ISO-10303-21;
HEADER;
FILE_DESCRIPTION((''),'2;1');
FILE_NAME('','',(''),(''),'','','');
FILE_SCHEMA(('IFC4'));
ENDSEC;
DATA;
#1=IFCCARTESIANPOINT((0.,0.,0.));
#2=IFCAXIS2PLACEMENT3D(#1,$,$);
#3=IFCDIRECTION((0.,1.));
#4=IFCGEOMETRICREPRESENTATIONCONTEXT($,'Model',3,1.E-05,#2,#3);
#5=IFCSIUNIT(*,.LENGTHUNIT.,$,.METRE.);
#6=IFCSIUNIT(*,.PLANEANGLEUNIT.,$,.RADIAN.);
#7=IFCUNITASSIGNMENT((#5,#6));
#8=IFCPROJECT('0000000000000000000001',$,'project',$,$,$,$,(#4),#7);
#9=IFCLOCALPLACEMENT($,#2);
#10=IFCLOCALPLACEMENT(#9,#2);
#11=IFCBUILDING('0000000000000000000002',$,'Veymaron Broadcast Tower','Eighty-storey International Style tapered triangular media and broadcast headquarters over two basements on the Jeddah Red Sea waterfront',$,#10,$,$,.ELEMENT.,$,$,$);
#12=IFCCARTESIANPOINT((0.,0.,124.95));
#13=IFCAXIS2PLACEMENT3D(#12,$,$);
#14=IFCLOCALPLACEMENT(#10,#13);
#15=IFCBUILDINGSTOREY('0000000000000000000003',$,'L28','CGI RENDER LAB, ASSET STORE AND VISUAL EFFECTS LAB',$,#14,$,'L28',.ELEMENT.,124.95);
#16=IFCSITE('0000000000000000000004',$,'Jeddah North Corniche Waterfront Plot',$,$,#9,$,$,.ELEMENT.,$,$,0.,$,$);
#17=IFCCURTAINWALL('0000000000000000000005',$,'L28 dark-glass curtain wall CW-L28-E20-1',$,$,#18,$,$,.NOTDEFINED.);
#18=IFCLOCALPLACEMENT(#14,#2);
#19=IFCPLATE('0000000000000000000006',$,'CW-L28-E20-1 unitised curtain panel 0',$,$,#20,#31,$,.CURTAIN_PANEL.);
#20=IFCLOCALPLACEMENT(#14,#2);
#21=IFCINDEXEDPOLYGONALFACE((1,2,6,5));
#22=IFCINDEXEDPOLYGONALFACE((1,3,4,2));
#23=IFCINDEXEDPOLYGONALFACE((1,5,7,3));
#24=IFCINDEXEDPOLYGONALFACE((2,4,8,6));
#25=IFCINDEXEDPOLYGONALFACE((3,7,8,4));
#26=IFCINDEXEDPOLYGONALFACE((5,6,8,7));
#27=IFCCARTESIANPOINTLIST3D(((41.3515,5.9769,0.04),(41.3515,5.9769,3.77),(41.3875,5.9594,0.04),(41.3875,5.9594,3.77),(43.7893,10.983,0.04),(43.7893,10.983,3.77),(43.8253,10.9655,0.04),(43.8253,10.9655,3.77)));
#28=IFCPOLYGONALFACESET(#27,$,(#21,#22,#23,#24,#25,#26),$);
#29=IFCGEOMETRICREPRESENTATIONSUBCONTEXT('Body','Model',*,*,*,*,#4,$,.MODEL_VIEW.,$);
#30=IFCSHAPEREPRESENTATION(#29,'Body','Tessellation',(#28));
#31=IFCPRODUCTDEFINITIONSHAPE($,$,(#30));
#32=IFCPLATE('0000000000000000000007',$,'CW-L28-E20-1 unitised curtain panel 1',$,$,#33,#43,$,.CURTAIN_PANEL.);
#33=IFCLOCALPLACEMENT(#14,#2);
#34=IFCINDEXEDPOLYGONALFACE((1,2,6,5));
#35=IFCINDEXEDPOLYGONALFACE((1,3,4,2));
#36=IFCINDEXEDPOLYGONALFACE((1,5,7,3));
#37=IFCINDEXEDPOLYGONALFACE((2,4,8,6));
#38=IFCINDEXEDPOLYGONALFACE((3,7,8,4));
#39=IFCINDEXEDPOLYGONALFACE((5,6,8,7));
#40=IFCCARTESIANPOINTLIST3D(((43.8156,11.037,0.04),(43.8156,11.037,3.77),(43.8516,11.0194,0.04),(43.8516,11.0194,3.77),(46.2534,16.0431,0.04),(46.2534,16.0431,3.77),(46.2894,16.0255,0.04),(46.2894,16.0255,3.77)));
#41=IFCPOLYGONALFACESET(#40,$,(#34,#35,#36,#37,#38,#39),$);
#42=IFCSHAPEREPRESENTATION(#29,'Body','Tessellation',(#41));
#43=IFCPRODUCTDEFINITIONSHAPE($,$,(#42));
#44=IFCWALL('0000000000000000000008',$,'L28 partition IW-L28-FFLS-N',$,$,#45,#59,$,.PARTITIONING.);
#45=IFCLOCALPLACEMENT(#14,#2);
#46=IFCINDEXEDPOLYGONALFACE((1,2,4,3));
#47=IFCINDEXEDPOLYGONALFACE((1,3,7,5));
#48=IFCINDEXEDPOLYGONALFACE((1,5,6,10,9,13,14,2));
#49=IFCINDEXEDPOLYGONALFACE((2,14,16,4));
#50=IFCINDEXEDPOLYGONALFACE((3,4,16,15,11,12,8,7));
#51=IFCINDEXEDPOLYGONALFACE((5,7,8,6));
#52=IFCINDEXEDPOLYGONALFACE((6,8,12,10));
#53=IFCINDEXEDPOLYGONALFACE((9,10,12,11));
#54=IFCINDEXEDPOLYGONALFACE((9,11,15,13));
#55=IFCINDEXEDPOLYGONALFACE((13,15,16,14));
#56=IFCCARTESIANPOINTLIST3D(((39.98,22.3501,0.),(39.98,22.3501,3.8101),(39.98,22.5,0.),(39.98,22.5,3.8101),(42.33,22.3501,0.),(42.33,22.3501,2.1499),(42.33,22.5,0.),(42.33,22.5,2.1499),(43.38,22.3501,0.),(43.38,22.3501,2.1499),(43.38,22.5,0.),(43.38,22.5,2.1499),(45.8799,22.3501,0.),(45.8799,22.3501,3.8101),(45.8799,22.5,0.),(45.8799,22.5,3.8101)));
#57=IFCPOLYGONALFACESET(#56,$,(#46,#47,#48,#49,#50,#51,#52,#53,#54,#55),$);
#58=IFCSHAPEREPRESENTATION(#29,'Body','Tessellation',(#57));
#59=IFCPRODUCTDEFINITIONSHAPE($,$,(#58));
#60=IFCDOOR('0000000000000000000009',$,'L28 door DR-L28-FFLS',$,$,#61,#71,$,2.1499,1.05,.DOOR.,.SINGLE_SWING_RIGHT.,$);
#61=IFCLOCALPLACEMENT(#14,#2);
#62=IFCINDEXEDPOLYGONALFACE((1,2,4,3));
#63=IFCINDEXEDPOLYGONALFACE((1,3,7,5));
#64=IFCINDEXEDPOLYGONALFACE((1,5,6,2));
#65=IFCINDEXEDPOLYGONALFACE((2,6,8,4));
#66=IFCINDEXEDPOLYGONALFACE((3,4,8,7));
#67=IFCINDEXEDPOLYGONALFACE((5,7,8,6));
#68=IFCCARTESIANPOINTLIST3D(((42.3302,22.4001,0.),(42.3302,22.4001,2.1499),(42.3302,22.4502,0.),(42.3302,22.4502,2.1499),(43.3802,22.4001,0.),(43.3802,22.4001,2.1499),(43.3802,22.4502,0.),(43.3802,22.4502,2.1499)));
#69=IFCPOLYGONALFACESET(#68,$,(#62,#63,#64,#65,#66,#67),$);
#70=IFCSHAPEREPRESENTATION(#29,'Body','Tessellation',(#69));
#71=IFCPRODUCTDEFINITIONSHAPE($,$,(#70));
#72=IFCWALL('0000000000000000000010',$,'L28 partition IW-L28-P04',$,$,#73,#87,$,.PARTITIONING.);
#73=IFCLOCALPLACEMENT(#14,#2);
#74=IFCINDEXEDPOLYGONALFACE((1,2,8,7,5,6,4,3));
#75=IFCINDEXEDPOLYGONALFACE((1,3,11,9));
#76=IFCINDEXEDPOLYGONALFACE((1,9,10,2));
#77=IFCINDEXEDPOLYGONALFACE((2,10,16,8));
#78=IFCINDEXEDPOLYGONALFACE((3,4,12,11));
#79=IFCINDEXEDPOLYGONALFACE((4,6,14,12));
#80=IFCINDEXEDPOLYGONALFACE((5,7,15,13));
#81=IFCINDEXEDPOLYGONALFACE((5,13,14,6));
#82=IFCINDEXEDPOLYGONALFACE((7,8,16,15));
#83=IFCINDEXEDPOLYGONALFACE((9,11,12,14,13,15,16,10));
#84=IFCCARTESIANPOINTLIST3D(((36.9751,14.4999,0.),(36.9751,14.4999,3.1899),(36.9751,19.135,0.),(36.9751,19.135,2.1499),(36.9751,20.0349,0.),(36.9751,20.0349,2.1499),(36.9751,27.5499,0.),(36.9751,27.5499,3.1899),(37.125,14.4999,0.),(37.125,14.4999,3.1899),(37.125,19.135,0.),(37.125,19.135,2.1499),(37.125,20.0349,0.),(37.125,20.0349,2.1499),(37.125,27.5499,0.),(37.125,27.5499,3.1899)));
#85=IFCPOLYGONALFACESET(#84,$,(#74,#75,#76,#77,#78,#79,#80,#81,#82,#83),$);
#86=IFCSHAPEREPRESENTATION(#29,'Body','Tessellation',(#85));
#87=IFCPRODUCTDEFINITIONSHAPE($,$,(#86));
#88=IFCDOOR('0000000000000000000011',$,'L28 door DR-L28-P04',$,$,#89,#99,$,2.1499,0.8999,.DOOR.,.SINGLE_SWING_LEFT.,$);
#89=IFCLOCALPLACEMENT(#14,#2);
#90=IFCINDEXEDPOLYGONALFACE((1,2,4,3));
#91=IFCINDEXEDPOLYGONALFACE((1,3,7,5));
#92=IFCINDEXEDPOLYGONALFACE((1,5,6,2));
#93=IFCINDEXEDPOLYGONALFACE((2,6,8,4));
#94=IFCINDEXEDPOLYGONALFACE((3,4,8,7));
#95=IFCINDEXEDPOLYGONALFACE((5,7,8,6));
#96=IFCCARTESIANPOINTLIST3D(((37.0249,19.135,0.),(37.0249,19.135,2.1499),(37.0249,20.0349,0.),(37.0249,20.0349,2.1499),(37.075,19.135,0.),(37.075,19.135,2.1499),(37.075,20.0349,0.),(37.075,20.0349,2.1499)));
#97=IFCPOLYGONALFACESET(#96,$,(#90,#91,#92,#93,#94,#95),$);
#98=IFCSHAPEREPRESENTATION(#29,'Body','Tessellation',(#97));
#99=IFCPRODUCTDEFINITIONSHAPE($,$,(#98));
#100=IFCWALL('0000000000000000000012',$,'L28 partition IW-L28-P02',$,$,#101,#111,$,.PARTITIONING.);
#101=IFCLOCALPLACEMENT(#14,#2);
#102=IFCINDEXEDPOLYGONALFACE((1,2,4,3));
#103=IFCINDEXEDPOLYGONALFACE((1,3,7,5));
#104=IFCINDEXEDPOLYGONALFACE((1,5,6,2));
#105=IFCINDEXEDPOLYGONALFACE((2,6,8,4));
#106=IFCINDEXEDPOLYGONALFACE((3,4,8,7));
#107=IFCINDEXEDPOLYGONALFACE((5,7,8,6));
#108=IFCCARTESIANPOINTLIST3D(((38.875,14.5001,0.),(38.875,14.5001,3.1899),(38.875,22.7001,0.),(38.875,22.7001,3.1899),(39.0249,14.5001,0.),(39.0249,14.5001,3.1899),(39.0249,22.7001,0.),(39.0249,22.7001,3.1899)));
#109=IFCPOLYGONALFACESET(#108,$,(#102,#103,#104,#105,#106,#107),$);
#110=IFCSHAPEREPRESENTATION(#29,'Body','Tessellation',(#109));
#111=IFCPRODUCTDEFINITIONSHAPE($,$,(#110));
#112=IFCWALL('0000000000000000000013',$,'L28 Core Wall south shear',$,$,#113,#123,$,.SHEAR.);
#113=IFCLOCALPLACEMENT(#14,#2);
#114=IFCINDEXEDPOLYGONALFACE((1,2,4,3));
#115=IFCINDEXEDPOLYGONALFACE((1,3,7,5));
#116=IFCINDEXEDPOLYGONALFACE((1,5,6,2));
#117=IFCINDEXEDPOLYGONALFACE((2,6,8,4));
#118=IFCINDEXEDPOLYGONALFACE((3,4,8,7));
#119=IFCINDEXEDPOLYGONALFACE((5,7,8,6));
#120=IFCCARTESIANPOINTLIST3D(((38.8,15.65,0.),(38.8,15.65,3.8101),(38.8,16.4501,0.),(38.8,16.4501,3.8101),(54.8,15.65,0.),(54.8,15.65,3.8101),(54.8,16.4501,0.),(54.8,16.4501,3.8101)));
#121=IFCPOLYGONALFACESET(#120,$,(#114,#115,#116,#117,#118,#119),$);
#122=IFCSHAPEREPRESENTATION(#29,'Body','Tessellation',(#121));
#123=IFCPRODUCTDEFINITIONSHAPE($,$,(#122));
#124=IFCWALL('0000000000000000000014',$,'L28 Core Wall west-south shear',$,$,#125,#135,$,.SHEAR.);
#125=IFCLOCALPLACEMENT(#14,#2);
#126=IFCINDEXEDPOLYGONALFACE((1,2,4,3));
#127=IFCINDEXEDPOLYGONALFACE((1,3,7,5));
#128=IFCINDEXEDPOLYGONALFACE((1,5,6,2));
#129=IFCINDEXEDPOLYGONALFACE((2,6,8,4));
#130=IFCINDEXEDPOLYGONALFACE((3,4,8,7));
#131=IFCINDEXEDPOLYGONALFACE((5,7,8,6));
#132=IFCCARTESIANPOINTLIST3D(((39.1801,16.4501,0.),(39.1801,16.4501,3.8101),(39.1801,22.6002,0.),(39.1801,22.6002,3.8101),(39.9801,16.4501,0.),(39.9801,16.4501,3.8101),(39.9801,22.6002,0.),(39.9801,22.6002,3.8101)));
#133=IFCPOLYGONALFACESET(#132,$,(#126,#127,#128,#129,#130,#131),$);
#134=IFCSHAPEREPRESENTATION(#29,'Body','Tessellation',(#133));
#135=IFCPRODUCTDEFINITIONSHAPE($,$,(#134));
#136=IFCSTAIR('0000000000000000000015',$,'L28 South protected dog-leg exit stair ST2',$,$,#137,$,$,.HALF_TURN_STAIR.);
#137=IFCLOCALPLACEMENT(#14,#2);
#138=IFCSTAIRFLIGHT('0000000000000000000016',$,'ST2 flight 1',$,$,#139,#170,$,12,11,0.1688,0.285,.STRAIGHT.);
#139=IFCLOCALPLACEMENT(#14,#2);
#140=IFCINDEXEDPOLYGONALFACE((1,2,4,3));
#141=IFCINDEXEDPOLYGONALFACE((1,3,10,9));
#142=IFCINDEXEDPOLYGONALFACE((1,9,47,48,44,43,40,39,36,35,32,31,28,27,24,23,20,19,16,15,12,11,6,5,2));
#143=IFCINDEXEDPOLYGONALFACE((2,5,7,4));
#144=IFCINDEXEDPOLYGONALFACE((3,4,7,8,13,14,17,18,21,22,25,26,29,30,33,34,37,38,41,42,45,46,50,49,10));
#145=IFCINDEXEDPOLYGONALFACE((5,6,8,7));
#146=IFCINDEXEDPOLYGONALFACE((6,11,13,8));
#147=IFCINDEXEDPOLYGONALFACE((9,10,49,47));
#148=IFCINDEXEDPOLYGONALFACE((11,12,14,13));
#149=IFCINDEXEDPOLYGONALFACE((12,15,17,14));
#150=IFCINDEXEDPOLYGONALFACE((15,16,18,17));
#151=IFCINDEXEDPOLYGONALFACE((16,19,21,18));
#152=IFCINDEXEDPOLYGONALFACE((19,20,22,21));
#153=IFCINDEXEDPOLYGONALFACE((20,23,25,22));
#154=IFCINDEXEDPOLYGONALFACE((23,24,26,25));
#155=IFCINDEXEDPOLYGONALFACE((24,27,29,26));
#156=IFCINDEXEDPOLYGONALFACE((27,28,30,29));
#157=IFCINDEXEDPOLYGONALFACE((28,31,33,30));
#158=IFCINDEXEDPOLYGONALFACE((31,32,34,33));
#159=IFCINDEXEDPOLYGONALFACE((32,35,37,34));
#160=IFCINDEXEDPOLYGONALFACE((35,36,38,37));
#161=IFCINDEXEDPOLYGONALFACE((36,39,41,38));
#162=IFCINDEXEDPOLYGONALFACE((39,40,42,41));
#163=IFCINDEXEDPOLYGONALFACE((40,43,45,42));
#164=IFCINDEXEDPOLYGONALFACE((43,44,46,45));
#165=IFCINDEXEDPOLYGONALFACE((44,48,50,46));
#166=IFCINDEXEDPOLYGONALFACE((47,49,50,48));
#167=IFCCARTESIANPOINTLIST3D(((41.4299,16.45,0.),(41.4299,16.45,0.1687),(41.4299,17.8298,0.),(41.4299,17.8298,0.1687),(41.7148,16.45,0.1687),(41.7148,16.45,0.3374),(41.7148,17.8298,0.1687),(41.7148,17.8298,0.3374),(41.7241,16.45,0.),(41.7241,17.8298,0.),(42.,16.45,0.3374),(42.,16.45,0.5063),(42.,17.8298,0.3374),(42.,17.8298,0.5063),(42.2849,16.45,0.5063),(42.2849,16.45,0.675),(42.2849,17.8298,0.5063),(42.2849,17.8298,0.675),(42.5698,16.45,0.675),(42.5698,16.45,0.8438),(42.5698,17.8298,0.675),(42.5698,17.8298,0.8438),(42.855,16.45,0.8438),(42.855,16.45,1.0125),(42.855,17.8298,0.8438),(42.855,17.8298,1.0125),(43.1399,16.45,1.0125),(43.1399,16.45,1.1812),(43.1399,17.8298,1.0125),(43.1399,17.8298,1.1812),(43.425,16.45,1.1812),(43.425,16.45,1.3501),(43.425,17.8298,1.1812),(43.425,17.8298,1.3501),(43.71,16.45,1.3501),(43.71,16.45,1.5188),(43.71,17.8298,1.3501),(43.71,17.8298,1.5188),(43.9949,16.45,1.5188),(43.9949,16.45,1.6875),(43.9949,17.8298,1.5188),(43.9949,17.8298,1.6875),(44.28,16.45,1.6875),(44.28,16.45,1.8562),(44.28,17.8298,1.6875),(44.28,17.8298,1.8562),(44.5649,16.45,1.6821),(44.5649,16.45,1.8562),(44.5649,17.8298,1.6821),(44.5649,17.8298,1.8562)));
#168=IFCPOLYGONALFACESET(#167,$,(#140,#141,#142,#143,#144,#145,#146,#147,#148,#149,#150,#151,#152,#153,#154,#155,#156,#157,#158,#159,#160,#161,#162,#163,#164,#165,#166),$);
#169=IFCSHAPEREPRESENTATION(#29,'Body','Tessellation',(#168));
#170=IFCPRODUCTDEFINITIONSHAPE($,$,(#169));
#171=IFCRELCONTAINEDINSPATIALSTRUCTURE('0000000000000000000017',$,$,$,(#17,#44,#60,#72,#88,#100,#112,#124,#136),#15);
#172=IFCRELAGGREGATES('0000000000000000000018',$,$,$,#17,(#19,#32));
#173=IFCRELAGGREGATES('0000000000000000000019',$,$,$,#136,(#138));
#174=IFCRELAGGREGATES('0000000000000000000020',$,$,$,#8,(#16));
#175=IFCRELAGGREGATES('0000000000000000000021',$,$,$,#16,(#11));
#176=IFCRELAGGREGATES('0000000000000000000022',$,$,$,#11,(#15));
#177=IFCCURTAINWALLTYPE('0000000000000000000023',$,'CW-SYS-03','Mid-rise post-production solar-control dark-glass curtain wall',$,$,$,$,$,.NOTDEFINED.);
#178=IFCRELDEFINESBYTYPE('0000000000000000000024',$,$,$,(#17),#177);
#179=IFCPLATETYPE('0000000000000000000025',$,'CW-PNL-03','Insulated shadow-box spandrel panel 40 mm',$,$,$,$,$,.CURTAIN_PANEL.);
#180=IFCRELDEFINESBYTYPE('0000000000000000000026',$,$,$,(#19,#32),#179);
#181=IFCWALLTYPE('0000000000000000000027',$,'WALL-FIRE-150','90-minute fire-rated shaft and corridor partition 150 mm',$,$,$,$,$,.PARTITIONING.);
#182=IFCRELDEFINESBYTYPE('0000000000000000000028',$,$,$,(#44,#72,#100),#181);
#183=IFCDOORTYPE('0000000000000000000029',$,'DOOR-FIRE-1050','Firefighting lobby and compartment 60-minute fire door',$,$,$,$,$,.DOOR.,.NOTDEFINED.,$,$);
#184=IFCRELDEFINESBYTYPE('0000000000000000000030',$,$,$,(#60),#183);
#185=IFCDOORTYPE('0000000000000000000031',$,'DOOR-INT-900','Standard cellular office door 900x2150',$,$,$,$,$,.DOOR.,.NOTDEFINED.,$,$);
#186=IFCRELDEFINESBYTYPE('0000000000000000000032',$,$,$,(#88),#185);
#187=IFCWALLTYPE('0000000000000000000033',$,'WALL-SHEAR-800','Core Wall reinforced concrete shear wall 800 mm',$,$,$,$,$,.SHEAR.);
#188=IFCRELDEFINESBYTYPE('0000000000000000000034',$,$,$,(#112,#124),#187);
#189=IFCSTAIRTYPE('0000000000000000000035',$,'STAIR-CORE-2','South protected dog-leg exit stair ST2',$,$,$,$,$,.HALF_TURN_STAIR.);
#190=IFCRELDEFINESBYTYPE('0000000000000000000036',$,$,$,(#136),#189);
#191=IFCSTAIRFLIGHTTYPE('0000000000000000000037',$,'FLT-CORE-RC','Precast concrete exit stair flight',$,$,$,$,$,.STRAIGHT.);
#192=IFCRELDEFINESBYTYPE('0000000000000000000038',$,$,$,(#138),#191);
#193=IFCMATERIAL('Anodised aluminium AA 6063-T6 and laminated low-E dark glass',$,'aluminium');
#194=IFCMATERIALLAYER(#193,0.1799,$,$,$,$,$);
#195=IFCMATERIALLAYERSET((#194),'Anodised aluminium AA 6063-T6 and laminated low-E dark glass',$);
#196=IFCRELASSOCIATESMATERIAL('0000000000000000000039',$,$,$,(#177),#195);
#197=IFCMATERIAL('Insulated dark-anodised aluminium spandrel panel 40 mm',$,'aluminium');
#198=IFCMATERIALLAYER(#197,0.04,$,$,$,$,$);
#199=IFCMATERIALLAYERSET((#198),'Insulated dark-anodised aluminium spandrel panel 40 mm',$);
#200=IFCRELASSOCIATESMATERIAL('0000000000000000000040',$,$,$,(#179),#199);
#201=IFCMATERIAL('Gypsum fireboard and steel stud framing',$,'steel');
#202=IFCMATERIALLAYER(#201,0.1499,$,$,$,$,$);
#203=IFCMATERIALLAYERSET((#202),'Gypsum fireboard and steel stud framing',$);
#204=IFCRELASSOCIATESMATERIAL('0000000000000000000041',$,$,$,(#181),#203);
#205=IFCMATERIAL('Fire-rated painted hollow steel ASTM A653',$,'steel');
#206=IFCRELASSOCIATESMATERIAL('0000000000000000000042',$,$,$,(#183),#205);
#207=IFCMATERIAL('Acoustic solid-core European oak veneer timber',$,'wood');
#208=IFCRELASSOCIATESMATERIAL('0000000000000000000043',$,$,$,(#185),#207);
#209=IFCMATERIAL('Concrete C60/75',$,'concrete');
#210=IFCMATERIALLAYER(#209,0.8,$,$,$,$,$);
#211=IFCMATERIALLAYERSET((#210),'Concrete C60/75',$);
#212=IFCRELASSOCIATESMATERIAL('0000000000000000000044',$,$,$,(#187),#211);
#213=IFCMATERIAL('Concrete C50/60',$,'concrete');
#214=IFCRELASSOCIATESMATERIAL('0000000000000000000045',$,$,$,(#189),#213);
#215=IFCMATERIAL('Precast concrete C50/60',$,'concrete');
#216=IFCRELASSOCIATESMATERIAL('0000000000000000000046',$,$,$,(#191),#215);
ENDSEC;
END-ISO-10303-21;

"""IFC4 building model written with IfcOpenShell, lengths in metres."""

from ifc_helpers import new_model, si_unit, direction, frame, frame_2d, origin, origin_2d, place, context, subcontext, project, spatial, polyline, rectangle, outline, extrude, material, layer, layer_set, type_object, element, fill, aggregate, save


model = new_model("IFC4")

# Units and contexts
model_context = context("Model", 3, precision=1e-05, world=origin(), true_north=direction((0.0, 1.0)))
body_context = subcontext(model_context, "Body", "Model", "MODEL_VIEW")
ifc_project = project(units=[si_unit("LENGTHUNIT", "METRE"), si_unit("PLANEANGLEUNIT", "RADIAN")], contexts=[model_context])

# Site, building, storey
site_placement = place(None, origin())
site = spatial("IfcSite", under=ifc_project, at=site_placement, Name="Jeddah North Corniche Waterfront Plot", CompositionType="ELEMENT", RefElevation=0.0)
building_placement = place(site_placement, origin())
building = spatial("IfcBuilding", under=site, at=building_placement, Name="Veymaron Broadcast Tower", Description="Eighty-storey International Style tapered triangular media and broadcast headquarters over two basements on the Jeddah Red Sea waterfront", CompositionType="ELEMENT")
storey_placement = place(building_placement, frame((0.0, 0.0, 124.95)))
storey = spatial("IfcBuildingStorey", under=building, at=storey_placement, Name="L28", Description="CGI RENDER LAB, ASSET STORE AND VISUAL EFFECTS LAB", LongName="L28", CompositionType="ELEMENT", Elevation=124.95)

# Curtain wall, plates
ifc_material_1 = material(Name="Anodised aluminium AA 6063-T6 and laminated low-E dark glass", Category="aluminium")
ifc_layer_1 = layer(ifc_material_1, 0.1799)
ifc_layer_set_1 = layer_set([ifc_layer_1], Name="Anodised aluminium AA 6063-T6 and laminated low-E dark glass")
curtain_wall_type = type_object("IfcCurtainWallType", Name="CW-SYS-03", Description="Mid-rise post-production solar-control dark-glass curtain wall", PredefinedType="NOTDEFINED", material=ifc_layer_set_1)
curtain_wall_placement = place(storey_placement, origin())
curtain_wall = element("IfcCurtainWall", 1, at=curtain_wall_placement, inside=storey, type_object=curtain_wall_type, Name="L28 dark-glass curtain wall CW-L28-E20-1", PredefinedType="NOTDEFINED")
ifc_material_2 = material(Name="Insulated dark-anodised aluminium spandrel panel 40 mm", Category="aluminium")
ifc_layer_2 = layer(ifc_material_2, 0.04)
ifc_layer_set_2 = layer_set([ifc_layer_2], Name="Insulated dark-anodised aluminium spandrel panel 40 mm")
plate_type = type_object("IfcPlateType", Name="CW-PNL-03", Description="Insulated shadow-box spandrel panel 40 mm", PredefinedType="CURTAIN_PANEL", material=ifc_layer_set_2)
plate_1_placement = place(storey_placement, frame((42.5884, 8.4712, 0.04), z_axis=(0.0, 0.0, 1.0), x_axis=(0.437822, 0.899062, 0.0)))
plate_1 = element("IfcPlate", 2, at=plate_1_placement, type_object=plate_type, Name="CW-L28-E20-1 unitised curtain panel 0", PredefinedType="CURTAIN_PANEL", context=body_context, shape_type="SweptSolid", body=[
    extrude(rectangle(XDim=5.5681, YDim=0.04, at=origin_2d()), origin(), (0.0, 0.0, 1.0), 3.73),
])
plate_2_placement = place(storey_placement, frame((45.0525, 13.5312, 0.04), z_axis=(0.0, 0.0, 1.0), x_axis=(0.437822, 0.899062, 0.0)))
plate_2 = element("IfcPlate", 3, at=plate_2_placement, type_object=plate_type, Name="CW-L28-E20-1 unitised curtain panel 1", PredefinedType="CURTAIN_PANEL", context=body_context, shape_type="SweptSolid", body=[
    extrude(rectangle(XDim=5.5681, YDim=0.04, at=origin_2d()), origin(), (0.0, 0.0, 1.0), 3.73),
])
aggregate(curtain_wall, [plate_1, plate_2])

# Walls, openings, doors
ifc_material_3 = material(Name="Gypsum fireboard and steel stud framing", Category="steel")
ifc_layer_3 = layer(ifc_material_3, 0.1499)
ifc_layer_set_3 = layer_set([ifc_layer_3], Name="Gypsum fireboard and steel stud framing")
wall_type_1 = type_object("IfcWallType", Name="WALL-FIRE-150", Description="90-minute fire-rated shaft and corridor partition 150 mm", PredefinedType="PARTITIONING", material=ifc_layer_set_3)
wall_1_placement = place(storey_placement, frame((39.98, 22.425, 0.0), z_axis=(0.0, 0.0, 1.0), x_axis=(1.0, 0.0, 0.0)))
wall_1 = element("IfcWall", 4, at=wall_1_placement, inside=storey, type_object=wall_type_1, Name="L28 partition IW-L28-FFLS-N", PredefinedType="PARTITIONING", context=body_context, shape_type="SweptSolid", body=[
    extrude(rectangle(XDim=5.8999, YDim=0.1499, at=frame_2d((2.95, 0.0))), origin(), (0.0, 0.0, 1.0), 3.8101),
])
opening_1_placement = place(wall_1_placement, frame((2.3501, 0.0, 0.0)))
opening_1 = element("IfcOpeningElement", 5, at=opening_1_placement, cuts=wall_1, PredefinedType="OPENING", context=body_context, shape_type="SweptSolid", body=[
    extrude(rectangle(XDim=1.05, YDim=2.1499, at=frame_2d((0.5249, 1.075))), frame((0.0, 0.085, 0.0), z_axis=(0.0, -1.0, 0.0), x_axis=(1.0, 0.0, 0.0)), (0.0, 0.0, 1.0), 0.1699),
])
ifc_material_4 = material(Name="Fire-rated painted hollow steel ASTM A653", Category="steel")
door_type_1 = type_object("IfcDoorType", Name="DOOR-FIRE-1050", Description="Firefighting lobby and compartment 60-minute fire door", OperationType="NOTDEFINED", PredefinedType="DOOR", material=ifc_material_4)
door_1_placement = place(opening_1_placement, frame((1.05, 0.0, 0.0), z_axis=(0.0, 0.0, 1.0), x_axis=(-1.0, 0.0, 0.0)))
door_1 = element("IfcDoor", 6, at=door_1_placement, inside=storey, type_object=door_type_1, Name="L28 door DR-L28-FFLS", OperationType="SINGLE_SWING_RIGHT", OverallHeight=2.1499, OverallWidth=1.05, PredefinedType="DOOR", context=body_context, shape_type="SweptSolid", body=[
    extrude(rectangle(XDim=1.05, YDim=2.1499, at=frame_2d((0.5249, 1.075))), frame((0.0, 0.0249, 0.0), z_axis=(0.0, -1.0, 0.0), x_axis=(1.0, 0.0, 0.0)), (0.0, 0.0, 1.0), 0.05),
])
fill(opening_1, door_1)
wall_2_placement = place(storey_placement, frame((37.05, 14.5, 0.0), z_axis=(0.0, 0.0, 1.0), x_axis=(0.0, 1.0, 0.0)))
wall_2 = element("IfcWall", 7, at=wall_2_placement, inside=storey, type_object=wall_type_1, Name="L28 partition IW-L28-P04", PredefinedType="PARTITIONING", context=body_context, shape_type="SweptSolid", body=[
    extrude(rectangle(XDim=13.05, YDim=0.1499, at=frame_2d((6.5249, 0.0))), origin(), (0.0, 0.0, 1.0), 3.1899),
])
opening_2_placement = place(wall_2_placement, frame((4.635, 0.0, 0.0)))
opening_2 = element("IfcOpeningElement", 8, at=opening_2_placement, cuts=wall_2, PredefinedType="OPENING", context=body_context, shape_type="SweptSolid", body=[
    extrude(rectangle(XDim=0.8999, YDim=2.1499, at=frame_2d((0.45, 1.075))), frame((0.0, 0.085, 0.0), z_axis=(0.0, -1.0, 0.0), x_axis=(1.0, 0.0, 0.0)), (0.0, 0.0, 1.0), 0.1699),
])
ifc_material_5 = material(Name="Acoustic solid-core European oak veneer timber", Category="wood")
door_type_2 = type_object("IfcDoorType", Name="DOOR-INT-900", Description="Standard cellular office door 900x2150", OperationType="NOTDEFINED", PredefinedType="DOOR", material=ifc_material_5)
door_2_placement = place(opening_2_placement, frame((0.8999, 0.0, 0.0), z_axis=(0.0, 0.0, 1.0), x_axis=(-1.0, 0.0, 0.0)))
door_2 = element("IfcDoor", 9, at=door_2_placement, inside=storey, type_object=door_type_2, Name="L28 door DR-L28-P04", OperationType="SINGLE_SWING_LEFT", OverallHeight=2.1499, OverallWidth=0.8999, PredefinedType="DOOR", context=body_context, shape_type="SweptSolid", body=[
    extrude(rectangle(XDim=0.8999, YDim=2.1499, at=frame_2d((0.45, 1.075))), frame((0.0, 0.0249, 0.0), z_axis=(0.0, -1.0, 0.0), x_axis=(1.0, 0.0, 0.0)), (0.0, 0.0, 1.0), 0.05),
])
fill(opening_2, door_2)

# Wall
wall_3_placement = place(storey_placement, frame((38.95, 14.5, 0.0), z_axis=(0.0, 0.0, 1.0), x_axis=(0.0, 1.0, 0.0)))
element("IfcWall", 10, at=wall_3_placement, inside=storey, type_object=wall_type_1, Name="L28 partition IW-L28-P02", PredefinedType="PARTITIONING", context=body_context, shape_type="SweptSolid", body=[
    extrude(rectangle(XDim=8.2, YDim=0.1499, at=frame_2d((4.1001, 0.0))), origin(), (0.0, 0.0, 1.0), 3.1899),
])

# Shared definitions
ifc_material_6 = material(Name="Concrete C50/60", Category="concrete")

# Walls
ifc_material_7 = material(Name="Concrete C60/75", Category="concrete")
ifc_layer_4 = layer(ifc_material_7, 0.8)
ifc_layer_set_4 = layer_set([ifc_layer_4], Name="Concrete C60/75")
wall_type_2 = type_object("IfcWallType", Name="WALL-SHEAR-800", Description="Core Wall reinforced concrete shear wall 800 mm", PredefinedType="SHEAR", material=ifc_layer_set_4)
wall_4_placement = place(storey_placement, frame((38.8, 16.05, 0.0), z_axis=(0.0, 0.0, 1.0), x_axis=(1.0, 0.0, 0.0)))
element("IfcWall", 11, at=wall_4_placement, inside=storey, type_object=wall_type_2, Name="L28 Core Wall south shear", PredefinedType="SHEAR", context=body_context, shape_type="SweptSolid", body=[
    extrude(rectangle(XDim=16.0, YDim=0.8, at=frame_2d((8.0, 0.0))), origin(), (0.0, 0.0, 1.0), 3.8101),
])
wall_5_placement = place(storey_placement, frame((39.5801, 16.45, 0.0), z_axis=(0.0, 0.0, 1.0), x_axis=(0.0, 1.0, 0.0)))
element("IfcWall", 12, at=wall_5_placement, inside=storey, type_object=wall_type_2, Name="L28 Core Wall west-south shear", PredefinedType="SHEAR", context=body_context, shape_type="SweptSolid", body=[
    extrude(rectangle(XDim=6.1501, YDim=0.8, at=frame_2d((3.0752, 0.0))), origin(), (0.0, 0.0, 1.0), 3.8101),
])

# Stair, stair flight
stair_type = type_object("IfcStairType", Name="STAIR-CORE-2", Description="South protected dog-leg exit stair ST2", PredefinedType="HALF_TURN_STAIR", material=ifc_material_6)
stair_placement = place(storey_placement, origin())
stair = element("IfcStair", 13, at=stair_placement, inside=storey, type_object=stair_type, Name="L28 South protected dog-leg exit stair ST2", PredefinedType="HALF_TURN_STAIR")
ifc_material_8 = material(Name="Precast concrete C50/60", Category="concrete")
stair_flight_type = type_object("IfcStairFlightType", Name="FLT-CORE-RC", Description="Precast concrete exit stair flight", PredefinedType="STRAIGHT", material=ifc_material_8)
stair_flight_1_placement = place(storey_placement, frame((41.4299, 17.1399, 0.0), z_axis=(0.0, 0.0, 1.0), x_axis=(1.0, 0.0, 0.0)))
stair_flight_1 = element("IfcStairFlight", 14, at=stair_flight_1_placement, type_object=stair_flight_type, Name="ST2 flight 1", NumberOfRisers=12, NumberOfTreads=11, PredefinedType="STRAIGHT", RiserHeight=0.1688, TreadLength=0.285, context=body_context, shape_type="SweptSolid", body=[
    extrude(outline(polyline([(0.0, 0.0), (0.0, 0.1687), (0.2849, 0.1687), (0.2849, 0.3374), (0.5701, 0.3374), (0.5701, 0.5063), (0.855, 0.5063), (0.855, 0.675), (1.1399, 0.675), (1.1399, 0.8438), (1.425, 0.8438), (1.425, 1.0125), (1.71, 1.0125), (1.71, 1.1812), (1.9951, 1.1812), (1.9951, 1.3501), (2.28, 1.3501), (2.28, 1.5188), (2.5649, 1.5188), (2.5649, 1.6875), (2.8501, 1.6875), (2.8501, 1.8562), (3.135, 1.8562), (3.135, 2.0249), (3.135, 1.6821), (0.2942, 0.0), (0.0, 0.0)])), frame((0.0, 0.6899, 0.0), z_axis=(0.0, -1.0, 0.0), x_axis=(1.0, 0.0, 0.0)), (0.0, 0.0, 1.0), 1.3799),
])
aggregate(stair, [stair_flight_1])

save(model, "model.ifc")
